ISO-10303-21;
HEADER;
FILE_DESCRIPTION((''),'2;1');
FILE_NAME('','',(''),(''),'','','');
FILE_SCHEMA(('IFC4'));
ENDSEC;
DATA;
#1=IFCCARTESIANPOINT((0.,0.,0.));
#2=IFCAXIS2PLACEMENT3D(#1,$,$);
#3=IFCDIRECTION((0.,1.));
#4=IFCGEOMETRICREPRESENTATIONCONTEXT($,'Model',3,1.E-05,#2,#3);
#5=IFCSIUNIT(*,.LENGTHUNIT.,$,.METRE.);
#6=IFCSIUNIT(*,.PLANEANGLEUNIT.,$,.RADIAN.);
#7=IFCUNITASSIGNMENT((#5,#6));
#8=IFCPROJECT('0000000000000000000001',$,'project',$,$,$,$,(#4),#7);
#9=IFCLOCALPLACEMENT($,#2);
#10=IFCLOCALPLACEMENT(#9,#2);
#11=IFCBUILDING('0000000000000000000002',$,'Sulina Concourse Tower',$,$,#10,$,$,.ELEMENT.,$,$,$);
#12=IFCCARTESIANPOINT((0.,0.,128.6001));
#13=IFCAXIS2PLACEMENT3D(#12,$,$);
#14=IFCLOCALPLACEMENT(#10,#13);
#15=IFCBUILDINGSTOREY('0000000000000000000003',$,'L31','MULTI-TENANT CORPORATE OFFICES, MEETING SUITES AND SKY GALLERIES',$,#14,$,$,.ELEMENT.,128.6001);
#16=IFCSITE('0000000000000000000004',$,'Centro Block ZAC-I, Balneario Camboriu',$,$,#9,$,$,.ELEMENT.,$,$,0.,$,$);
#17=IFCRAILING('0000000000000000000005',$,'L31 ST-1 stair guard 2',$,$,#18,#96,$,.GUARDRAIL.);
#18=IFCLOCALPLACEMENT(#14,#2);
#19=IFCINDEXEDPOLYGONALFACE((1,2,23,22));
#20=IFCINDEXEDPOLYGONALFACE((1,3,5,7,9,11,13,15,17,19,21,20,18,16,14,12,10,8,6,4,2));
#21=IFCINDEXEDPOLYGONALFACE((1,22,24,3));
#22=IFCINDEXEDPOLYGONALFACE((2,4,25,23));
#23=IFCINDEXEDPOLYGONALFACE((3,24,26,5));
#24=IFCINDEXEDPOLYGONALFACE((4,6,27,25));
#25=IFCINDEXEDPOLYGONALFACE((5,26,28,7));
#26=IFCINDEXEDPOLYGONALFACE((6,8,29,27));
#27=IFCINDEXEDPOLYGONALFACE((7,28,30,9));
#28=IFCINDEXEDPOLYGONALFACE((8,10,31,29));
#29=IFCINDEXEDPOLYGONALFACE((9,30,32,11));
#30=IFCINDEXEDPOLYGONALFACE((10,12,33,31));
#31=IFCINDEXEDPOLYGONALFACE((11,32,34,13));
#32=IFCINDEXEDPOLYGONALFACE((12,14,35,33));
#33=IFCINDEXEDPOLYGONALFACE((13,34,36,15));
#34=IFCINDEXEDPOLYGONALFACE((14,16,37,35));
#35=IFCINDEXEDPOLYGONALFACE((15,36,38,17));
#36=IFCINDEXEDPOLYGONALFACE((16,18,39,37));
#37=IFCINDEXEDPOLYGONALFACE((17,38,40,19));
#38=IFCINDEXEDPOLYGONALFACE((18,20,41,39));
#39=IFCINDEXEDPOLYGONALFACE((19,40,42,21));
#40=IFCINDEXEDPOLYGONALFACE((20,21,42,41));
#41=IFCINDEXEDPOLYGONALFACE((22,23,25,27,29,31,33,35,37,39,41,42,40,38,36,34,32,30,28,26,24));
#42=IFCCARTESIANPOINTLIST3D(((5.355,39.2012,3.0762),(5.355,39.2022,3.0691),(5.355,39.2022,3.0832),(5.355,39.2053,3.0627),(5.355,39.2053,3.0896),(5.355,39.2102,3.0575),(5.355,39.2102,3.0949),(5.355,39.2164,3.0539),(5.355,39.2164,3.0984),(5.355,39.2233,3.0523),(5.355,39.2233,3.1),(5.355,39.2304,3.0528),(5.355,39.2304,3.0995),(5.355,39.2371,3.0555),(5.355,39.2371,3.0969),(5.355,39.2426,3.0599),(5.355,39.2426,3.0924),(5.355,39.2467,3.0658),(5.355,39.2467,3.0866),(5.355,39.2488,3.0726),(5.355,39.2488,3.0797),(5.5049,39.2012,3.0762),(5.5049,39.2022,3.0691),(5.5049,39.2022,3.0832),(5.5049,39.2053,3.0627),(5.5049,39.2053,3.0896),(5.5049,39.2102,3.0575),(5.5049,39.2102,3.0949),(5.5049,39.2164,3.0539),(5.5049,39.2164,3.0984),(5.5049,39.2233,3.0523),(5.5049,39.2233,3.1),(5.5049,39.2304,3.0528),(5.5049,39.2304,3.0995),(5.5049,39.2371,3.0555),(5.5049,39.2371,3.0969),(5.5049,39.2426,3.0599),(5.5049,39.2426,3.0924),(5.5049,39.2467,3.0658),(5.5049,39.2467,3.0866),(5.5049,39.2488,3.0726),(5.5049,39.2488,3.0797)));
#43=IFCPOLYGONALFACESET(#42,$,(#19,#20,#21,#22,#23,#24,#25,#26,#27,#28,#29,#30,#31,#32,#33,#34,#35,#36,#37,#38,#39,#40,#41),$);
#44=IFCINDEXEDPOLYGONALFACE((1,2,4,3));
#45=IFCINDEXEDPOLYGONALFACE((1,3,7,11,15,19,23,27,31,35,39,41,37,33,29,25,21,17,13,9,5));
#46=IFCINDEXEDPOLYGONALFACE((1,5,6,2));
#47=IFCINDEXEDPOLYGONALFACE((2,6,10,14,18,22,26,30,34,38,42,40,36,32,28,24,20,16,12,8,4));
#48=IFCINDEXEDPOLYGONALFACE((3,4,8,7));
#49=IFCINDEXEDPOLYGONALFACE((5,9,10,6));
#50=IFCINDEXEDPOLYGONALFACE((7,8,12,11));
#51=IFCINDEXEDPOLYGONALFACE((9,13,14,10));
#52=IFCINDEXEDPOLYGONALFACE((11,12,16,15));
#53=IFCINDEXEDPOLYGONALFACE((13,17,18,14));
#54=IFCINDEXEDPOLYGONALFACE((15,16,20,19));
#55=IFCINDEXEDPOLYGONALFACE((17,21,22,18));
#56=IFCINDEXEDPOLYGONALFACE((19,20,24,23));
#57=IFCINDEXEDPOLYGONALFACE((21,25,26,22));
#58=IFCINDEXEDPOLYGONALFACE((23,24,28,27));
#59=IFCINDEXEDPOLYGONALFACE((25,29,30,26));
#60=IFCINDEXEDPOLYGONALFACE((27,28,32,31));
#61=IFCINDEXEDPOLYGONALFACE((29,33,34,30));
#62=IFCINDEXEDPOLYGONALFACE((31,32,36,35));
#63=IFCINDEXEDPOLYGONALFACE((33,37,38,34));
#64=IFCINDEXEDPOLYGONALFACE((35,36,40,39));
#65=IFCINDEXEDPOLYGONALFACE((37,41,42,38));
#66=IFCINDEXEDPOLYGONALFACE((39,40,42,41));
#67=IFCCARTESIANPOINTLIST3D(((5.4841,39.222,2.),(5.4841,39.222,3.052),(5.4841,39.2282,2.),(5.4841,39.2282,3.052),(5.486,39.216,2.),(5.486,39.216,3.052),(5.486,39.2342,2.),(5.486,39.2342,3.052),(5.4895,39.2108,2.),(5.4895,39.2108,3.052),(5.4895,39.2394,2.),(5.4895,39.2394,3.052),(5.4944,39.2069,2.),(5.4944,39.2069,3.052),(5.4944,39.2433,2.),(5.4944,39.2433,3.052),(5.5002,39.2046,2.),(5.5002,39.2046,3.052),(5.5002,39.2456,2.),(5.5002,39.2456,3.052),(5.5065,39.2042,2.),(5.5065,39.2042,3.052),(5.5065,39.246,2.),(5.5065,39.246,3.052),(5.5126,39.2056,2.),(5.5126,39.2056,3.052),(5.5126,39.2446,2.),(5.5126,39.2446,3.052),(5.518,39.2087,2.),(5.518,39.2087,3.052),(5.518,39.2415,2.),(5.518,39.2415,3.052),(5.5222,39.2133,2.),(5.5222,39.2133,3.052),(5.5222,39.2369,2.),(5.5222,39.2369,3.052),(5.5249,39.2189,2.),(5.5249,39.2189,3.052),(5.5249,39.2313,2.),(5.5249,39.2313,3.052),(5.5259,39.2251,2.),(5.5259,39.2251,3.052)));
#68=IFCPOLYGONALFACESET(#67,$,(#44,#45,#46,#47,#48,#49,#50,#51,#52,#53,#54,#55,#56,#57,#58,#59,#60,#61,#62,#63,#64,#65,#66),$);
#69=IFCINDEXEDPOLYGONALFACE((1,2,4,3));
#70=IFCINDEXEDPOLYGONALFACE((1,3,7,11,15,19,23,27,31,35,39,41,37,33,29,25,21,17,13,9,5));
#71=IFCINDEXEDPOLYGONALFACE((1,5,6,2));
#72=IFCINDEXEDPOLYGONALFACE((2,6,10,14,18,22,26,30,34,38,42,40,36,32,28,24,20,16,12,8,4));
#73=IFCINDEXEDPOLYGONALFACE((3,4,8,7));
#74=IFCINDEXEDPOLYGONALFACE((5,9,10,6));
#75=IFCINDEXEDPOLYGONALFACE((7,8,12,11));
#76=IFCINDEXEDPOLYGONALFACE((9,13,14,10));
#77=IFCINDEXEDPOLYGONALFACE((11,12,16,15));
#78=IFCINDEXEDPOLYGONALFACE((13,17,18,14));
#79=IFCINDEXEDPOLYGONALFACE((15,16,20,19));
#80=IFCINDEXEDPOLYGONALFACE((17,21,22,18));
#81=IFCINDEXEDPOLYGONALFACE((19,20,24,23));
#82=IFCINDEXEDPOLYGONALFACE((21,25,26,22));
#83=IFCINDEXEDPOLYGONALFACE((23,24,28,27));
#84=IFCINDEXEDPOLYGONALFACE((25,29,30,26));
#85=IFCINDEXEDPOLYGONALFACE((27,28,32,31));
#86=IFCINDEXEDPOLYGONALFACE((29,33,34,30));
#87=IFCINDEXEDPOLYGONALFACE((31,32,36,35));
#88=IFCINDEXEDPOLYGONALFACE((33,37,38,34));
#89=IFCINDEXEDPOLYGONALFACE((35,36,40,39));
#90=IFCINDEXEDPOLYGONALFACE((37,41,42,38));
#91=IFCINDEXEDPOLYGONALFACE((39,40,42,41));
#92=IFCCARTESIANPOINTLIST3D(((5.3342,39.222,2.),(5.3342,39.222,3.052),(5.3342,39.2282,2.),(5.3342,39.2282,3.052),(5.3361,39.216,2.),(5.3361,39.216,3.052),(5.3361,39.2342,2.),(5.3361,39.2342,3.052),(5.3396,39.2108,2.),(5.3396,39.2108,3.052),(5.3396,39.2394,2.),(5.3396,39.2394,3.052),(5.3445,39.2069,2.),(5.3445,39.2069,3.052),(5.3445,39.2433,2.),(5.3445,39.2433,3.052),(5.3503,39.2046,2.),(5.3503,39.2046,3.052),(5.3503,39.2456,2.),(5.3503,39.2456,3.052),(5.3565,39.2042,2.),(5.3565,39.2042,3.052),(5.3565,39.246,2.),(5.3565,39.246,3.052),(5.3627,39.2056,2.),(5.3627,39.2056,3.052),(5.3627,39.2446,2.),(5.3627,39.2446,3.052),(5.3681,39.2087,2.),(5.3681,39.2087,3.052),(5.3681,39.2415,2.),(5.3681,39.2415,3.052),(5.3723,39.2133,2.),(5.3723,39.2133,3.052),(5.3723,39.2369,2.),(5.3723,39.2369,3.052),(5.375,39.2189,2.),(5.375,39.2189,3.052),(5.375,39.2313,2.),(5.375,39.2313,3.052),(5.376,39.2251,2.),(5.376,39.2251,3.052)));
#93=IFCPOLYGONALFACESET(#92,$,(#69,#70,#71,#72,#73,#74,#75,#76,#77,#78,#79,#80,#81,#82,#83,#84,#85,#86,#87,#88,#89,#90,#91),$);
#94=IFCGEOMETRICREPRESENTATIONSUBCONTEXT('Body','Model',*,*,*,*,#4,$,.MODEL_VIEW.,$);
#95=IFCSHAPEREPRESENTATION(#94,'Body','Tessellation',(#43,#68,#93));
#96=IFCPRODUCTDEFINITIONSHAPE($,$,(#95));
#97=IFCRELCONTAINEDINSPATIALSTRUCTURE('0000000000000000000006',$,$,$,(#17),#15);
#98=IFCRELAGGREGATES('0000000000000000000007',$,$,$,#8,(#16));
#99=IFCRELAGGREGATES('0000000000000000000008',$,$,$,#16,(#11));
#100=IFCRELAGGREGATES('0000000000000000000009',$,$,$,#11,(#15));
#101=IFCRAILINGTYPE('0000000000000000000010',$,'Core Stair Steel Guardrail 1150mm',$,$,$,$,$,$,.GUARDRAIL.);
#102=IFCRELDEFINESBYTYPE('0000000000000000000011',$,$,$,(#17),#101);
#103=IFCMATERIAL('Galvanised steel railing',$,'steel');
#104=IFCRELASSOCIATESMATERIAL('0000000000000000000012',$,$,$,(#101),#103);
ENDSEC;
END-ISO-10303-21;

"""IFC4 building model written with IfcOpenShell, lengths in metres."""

from ifc_helpers import new_model, si_unit, direction, frame, origin, origin_2d, place, context, subcontext, project, spatial, circle, extrude, material, type_object, element, save


model = new_model("IFC4")

# Units and contexts
model_context = context("Model", 3, precision=1e-05, world=origin(), true_north=direction((0.0, 1.0)))
body_context = subcontext(model_context, "Body", "Model", "MODEL_VIEW")
ifc_project = project(units=[si_unit("LENGTHUNIT", "METRE"), si_unit("PLANEANGLEUNIT", "RADIAN")], contexts=[model_context])

# Site, building, storey
site_placement = place(None, origin())
site = spatial("IfcSite", under=ifc_project, at=site_placement, Name="Centro Block ZAC-I, Balneario Camboriu", CompositionType="ELEMENT", RefElevation=0.0)
building_placement = place(site_placement, origin())
building = spatial("IfcBuilding", under=site, at=building_placement, Name="Sulina Concourse Tower", CompositionType="ELEMENT")
storey_placement = place(building_placement, frame((0.0, 0.0, 128.6001)))
storey = spatial("IfcBuildingStorey", under=building, at=storey_placement, Name="L31", Description="MULTI-TENANT CORPORATE OFFICES, MEETING SUITES AND SKY GALLERIES", CompositionType="ELEMENT", Elevation=128.6001)

# Railing
ifc_material_1 = material(Name="Galvanised steel railing", Category="steel")
railing_type_1 = type_object("IfcRailingType", Name="Core Stair Steel Guardrail 1150mm", PredefinedType="GUARDRAIL", material=ifc_material_1)
railing_1_placement = place(storey_placement, frame((5.5049, 39.2251, 2.0)))
element("IfcRailing", 1, at=railing_1_placement, inside=storey, type_object=railing_type_1, Name="L31 ST-1 stair guard 2", PredefinedType="GUARDRAIL", context=body_context, shape_type="SweptSolid", body=[
    extrude(circle(Radius=0.0239, at=origin_2d()), frame((0.0, 0.0, 1.0762), z_axis=(-1.0, 0.0, 0.0), x_axis=(0.0, -1.0, 0.0)), (0.0, 0.0, 1.0), 0.1499),
    extrude(circle(Radius=0.021, at=origin_2d()), origin(), (0.0, 0.0, 1.0), 1.052),
    extrude(circle(Radius=0.021, at=origin_2d()), frame((-0.1499, 0.0, 0.0)), (0.0, 0.0, 1.0), 1.052),
])

save(model, "model.ifc")
